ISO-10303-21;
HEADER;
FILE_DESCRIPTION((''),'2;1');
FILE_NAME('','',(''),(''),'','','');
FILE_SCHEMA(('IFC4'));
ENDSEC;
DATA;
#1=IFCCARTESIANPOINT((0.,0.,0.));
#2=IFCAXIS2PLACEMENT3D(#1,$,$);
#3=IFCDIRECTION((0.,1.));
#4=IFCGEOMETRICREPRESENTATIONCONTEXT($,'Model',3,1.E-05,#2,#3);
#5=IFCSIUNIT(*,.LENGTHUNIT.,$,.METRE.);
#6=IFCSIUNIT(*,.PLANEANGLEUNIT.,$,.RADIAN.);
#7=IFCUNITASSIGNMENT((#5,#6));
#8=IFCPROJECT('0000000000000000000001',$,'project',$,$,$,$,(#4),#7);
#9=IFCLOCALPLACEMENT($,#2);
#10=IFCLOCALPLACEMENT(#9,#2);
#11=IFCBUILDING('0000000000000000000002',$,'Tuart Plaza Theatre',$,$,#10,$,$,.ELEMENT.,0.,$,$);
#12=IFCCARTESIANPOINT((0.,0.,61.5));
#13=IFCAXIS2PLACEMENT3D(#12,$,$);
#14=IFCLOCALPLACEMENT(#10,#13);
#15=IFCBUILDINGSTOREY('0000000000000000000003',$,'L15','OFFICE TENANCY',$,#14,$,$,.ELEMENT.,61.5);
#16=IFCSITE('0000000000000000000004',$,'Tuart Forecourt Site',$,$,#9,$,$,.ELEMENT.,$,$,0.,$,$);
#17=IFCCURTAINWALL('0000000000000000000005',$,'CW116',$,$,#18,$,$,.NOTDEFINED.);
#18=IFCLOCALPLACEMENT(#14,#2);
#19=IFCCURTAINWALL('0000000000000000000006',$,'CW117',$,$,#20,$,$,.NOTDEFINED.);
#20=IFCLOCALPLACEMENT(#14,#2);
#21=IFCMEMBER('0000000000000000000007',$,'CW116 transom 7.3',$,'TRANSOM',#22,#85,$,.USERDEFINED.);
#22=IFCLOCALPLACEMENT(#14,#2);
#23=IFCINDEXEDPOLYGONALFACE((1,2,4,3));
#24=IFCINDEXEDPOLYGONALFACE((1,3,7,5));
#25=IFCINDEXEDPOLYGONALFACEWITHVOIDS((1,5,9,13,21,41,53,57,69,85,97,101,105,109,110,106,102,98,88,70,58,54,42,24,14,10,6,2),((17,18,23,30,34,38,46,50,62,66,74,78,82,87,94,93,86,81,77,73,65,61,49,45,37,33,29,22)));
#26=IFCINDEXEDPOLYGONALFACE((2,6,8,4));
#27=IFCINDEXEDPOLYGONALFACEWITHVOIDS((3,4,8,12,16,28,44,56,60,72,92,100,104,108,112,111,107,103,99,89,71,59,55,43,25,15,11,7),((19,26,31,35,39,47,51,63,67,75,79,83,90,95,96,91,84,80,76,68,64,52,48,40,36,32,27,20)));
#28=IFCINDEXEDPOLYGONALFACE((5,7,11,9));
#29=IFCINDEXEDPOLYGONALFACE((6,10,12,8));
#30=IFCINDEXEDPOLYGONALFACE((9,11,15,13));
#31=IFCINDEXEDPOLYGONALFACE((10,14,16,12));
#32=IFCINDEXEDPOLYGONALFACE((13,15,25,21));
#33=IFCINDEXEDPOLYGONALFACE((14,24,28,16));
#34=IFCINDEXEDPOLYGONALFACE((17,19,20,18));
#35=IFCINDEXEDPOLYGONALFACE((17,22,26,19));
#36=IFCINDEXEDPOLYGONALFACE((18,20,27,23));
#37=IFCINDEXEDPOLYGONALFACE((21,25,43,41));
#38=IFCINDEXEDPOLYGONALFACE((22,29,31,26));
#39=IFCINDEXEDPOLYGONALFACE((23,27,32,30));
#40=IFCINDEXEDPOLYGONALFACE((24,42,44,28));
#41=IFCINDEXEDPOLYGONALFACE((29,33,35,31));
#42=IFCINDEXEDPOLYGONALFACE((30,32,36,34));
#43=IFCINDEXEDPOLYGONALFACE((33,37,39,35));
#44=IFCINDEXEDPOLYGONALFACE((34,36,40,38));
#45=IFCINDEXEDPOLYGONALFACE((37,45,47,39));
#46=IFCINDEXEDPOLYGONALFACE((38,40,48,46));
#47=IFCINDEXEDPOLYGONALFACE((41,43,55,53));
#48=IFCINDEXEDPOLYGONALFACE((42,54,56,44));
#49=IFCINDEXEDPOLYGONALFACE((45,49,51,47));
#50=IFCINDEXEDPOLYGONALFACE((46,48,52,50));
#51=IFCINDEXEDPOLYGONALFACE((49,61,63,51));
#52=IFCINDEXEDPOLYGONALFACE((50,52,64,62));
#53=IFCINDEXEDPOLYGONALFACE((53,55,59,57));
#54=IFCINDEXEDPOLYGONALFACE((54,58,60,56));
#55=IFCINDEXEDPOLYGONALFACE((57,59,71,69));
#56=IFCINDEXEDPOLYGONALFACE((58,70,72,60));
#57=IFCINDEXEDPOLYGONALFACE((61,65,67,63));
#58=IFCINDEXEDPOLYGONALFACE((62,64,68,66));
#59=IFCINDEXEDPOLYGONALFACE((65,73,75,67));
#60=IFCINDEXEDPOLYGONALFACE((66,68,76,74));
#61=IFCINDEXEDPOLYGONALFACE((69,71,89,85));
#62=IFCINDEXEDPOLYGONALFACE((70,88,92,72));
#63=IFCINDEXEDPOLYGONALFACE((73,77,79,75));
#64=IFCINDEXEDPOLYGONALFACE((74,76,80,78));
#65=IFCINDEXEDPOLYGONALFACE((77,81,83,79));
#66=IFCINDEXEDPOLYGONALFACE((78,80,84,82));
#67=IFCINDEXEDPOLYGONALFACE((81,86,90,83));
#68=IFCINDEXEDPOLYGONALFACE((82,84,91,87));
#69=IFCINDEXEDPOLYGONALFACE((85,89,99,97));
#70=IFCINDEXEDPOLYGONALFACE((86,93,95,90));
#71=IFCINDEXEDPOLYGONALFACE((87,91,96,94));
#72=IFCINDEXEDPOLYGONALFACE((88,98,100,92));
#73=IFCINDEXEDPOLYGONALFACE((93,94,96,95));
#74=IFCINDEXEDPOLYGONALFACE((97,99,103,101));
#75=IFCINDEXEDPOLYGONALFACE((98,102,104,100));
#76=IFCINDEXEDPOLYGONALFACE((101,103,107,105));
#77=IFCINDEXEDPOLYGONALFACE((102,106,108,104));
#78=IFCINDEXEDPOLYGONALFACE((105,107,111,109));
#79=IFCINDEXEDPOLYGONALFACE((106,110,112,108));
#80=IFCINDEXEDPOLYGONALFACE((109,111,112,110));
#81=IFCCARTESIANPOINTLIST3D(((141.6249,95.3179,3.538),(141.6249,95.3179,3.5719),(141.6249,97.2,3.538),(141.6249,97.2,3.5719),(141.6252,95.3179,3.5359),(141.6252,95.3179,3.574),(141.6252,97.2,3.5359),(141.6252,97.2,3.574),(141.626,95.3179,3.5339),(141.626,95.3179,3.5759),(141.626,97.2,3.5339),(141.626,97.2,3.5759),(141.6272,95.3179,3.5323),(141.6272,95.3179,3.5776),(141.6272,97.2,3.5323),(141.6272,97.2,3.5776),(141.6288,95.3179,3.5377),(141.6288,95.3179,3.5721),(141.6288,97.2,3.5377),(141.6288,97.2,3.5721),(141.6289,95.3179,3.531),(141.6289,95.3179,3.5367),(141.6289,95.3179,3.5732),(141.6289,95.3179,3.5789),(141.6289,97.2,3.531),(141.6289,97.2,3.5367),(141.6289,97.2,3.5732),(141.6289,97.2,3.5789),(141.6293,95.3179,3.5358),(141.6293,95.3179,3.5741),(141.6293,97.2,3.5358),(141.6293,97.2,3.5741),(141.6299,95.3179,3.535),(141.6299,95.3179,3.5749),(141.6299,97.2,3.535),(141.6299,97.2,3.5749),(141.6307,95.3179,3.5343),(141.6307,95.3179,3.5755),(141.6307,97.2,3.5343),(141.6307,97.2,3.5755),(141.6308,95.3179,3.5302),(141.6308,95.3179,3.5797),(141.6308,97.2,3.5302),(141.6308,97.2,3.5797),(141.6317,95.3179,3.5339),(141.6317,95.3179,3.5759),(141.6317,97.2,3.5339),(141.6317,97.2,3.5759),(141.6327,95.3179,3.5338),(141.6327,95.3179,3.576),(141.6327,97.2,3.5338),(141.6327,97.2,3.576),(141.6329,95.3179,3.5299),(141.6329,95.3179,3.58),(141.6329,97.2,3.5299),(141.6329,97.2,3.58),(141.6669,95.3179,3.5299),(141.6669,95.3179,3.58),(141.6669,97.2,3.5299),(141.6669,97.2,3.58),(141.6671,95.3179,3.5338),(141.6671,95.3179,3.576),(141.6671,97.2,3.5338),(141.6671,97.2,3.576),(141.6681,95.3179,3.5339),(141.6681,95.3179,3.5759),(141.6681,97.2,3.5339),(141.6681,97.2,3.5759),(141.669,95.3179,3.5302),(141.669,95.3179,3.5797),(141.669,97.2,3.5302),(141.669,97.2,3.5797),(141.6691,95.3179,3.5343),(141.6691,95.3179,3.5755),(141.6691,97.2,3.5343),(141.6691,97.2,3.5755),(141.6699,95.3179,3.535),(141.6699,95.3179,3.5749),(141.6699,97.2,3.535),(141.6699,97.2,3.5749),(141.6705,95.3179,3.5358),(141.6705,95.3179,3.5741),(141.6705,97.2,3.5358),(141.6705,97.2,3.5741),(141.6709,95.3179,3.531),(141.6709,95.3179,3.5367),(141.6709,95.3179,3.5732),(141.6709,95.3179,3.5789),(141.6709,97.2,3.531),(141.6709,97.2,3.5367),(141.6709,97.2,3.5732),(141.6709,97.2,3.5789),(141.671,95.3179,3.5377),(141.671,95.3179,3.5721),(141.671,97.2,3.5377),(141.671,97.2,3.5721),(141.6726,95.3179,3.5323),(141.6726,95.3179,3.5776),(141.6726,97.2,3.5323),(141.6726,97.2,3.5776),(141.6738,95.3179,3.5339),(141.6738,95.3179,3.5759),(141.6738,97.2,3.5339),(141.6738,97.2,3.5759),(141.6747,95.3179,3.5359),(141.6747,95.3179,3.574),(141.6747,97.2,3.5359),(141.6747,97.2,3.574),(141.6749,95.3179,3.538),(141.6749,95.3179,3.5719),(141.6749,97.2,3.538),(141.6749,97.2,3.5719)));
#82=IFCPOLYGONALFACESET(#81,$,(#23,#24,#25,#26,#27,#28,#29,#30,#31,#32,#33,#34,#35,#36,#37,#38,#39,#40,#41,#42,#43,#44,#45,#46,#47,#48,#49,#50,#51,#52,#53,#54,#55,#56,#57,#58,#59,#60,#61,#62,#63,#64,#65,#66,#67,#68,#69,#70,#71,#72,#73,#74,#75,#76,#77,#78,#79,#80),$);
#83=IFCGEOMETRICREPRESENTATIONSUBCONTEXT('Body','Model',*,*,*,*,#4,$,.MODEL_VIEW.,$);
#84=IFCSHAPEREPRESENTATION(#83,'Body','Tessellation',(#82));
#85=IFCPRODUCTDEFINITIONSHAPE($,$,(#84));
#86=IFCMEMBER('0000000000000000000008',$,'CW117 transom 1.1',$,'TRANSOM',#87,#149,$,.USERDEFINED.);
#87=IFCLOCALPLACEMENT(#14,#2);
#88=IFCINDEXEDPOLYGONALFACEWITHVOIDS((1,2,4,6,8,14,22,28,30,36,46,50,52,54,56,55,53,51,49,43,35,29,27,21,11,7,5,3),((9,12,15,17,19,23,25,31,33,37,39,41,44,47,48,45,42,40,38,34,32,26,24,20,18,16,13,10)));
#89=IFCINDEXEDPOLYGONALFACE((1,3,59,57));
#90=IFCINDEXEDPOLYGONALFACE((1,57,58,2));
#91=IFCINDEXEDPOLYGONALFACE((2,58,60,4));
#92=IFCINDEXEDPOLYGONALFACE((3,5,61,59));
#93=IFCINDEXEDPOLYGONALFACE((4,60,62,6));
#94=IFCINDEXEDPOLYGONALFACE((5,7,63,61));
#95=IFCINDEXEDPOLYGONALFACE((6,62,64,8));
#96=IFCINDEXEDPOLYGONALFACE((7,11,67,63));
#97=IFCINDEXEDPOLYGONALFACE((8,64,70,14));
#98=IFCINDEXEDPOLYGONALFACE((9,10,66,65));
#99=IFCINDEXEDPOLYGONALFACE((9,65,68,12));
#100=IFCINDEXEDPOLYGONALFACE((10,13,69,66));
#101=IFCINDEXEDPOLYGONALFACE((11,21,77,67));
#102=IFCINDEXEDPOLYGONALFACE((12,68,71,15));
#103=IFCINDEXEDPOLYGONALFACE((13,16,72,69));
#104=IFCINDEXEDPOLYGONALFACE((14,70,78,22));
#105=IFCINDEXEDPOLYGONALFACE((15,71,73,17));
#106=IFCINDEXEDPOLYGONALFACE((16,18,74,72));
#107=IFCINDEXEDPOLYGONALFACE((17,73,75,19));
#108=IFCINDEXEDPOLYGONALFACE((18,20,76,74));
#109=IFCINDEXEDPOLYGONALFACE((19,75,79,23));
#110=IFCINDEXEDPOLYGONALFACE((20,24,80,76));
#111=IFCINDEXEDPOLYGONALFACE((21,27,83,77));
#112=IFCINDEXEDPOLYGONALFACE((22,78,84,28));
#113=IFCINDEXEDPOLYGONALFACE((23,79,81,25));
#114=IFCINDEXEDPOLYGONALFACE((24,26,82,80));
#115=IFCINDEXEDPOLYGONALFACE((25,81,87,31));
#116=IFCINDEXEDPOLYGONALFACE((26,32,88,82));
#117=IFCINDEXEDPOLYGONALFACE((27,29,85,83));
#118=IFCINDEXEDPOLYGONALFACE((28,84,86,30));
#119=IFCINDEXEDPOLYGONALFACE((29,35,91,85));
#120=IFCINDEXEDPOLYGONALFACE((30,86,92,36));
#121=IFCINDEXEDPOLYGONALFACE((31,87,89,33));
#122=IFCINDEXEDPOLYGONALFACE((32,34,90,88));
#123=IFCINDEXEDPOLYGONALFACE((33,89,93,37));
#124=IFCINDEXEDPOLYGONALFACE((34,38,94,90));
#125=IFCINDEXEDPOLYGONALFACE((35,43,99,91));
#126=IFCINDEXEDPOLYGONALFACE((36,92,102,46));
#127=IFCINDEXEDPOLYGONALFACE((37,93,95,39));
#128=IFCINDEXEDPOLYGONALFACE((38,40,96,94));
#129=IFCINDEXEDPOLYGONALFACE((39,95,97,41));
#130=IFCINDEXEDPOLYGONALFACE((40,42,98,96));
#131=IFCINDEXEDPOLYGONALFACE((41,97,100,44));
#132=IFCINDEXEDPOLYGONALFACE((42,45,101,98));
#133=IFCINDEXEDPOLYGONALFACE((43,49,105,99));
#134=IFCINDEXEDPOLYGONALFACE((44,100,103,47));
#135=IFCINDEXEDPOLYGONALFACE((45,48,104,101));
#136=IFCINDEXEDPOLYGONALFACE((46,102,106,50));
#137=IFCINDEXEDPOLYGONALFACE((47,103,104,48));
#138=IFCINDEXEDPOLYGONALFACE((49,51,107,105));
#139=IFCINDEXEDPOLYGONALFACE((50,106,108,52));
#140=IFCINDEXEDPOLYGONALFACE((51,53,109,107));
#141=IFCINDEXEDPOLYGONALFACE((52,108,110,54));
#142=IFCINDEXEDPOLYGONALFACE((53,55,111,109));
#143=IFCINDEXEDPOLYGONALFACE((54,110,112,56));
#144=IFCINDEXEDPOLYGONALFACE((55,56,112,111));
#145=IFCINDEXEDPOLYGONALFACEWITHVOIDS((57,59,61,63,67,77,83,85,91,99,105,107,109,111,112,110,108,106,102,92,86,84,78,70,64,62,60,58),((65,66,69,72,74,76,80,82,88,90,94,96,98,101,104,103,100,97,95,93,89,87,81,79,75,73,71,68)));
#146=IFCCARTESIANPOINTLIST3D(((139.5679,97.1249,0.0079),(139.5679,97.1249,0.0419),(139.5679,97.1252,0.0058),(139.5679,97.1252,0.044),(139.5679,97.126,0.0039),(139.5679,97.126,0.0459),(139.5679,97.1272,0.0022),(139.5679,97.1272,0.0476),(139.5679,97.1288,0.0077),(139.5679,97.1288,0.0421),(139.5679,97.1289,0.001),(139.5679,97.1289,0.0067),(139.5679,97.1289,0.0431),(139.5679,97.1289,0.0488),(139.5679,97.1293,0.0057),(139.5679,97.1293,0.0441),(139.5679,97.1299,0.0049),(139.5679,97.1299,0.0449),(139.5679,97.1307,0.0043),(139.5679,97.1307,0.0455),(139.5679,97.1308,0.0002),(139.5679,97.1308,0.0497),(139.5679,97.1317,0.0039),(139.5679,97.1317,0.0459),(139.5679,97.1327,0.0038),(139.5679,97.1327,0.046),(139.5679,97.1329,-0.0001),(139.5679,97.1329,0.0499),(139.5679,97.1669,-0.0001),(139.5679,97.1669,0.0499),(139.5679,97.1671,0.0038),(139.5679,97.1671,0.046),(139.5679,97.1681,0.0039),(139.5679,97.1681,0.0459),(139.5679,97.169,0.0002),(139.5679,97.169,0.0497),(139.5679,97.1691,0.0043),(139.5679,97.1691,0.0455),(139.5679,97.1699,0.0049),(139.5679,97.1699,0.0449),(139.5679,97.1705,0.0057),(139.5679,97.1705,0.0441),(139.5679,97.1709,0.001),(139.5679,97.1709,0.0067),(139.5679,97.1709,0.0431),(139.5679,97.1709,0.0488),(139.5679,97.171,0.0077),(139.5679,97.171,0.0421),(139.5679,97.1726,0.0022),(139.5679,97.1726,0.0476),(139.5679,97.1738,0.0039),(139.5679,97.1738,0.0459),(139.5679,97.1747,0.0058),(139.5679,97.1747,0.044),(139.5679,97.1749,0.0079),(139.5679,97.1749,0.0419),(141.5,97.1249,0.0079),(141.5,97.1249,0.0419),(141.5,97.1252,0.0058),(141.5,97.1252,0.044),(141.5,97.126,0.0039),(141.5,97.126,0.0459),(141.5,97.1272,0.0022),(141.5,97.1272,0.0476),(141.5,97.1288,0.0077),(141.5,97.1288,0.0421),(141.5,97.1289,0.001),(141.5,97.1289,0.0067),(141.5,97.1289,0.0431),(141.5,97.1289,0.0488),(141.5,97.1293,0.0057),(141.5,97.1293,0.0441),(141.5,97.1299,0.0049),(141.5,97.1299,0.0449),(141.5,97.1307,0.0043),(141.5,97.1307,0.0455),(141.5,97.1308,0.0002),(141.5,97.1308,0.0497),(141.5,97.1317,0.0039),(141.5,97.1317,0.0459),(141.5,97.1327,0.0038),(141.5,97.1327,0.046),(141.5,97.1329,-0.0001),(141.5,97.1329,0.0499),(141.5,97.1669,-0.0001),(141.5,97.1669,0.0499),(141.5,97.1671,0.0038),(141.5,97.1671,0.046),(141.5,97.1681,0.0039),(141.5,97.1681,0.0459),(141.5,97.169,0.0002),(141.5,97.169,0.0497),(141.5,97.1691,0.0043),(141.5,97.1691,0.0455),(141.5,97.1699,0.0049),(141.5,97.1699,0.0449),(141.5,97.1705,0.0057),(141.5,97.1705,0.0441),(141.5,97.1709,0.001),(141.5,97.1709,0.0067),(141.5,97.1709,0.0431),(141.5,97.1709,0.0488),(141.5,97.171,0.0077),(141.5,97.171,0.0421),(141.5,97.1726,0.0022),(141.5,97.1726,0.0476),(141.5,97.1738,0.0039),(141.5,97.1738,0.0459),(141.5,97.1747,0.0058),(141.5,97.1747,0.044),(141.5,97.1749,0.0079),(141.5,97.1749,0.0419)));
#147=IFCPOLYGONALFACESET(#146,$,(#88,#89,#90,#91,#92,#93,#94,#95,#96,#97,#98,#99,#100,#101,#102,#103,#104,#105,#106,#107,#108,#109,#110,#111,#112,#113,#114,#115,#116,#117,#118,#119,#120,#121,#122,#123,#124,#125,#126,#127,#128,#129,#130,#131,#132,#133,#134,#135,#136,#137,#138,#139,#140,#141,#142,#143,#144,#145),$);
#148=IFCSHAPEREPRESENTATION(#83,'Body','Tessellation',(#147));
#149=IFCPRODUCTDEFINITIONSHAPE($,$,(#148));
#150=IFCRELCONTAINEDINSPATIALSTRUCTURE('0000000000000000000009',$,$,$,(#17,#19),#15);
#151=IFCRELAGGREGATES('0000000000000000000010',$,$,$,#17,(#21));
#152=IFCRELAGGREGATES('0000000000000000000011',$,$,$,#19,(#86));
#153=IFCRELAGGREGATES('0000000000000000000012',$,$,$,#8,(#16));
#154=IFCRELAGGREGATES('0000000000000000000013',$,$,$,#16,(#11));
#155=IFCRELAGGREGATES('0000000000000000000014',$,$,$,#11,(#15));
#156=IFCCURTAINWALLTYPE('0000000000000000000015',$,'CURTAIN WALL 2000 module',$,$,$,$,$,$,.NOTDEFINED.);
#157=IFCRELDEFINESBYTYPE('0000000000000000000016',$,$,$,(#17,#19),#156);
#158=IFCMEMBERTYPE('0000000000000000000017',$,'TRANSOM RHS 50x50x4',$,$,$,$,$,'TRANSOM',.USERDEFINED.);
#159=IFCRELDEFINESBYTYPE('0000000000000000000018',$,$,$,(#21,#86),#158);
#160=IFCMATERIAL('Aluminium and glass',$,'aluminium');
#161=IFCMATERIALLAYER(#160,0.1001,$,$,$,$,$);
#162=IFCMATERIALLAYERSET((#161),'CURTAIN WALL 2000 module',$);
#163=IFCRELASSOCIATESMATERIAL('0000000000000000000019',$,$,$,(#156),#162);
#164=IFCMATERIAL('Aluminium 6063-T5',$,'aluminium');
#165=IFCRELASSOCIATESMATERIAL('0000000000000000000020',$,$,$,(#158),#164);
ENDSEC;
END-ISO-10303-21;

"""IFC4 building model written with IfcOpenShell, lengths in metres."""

from ifc_helpers import new_model, si_unit, direction, frame, origin, origin_2d, place, context, subcontext, project, spatial, hollow_rectangle, extrude, material, layer, layer_set, material_profile, profile_set, type_object, element, aggregate, save


model = new_model("IFC4")

# Units and contexts
model_context = context("Model", 3, precision=1e-05, world=origin(), true_north=direction((0.0, 1.0)))
body_context = subcontext(model_context, "Body", "Model", "MODEL_VIEW")
ifc_project = project(units=[si_unit("LENGTHUNIT", "METRE"), si_unit("PLANEANGLEUNIT", "RADIAN")], contexts=[model_context])

# Site, building, storey
site_placement = place(None, origin())
site = spatial("IfcSite", under=ifc_project, at=site_placement, Name="Tuart Forecourt Site", CompositionType="ELEMENT", RefElevation=0.0)
building_placement = place(site_placement, origin())
building = spatial("IfcBuilding", under=site, at=building_placement, Name="Tuart Plaza Theatre", CompositionType="ELEMENT", ElevationOfRefHeight=0.0)
storey_placement = place(building_placement, frame((0.0, 0.0, 61.5)))
storey = spatial("IfcBuildingStorey", under=building, at=storey_placement, Name="L15", Description="OFFICE TENANCY", CompositionType="ELEMENT", Elevation=61.5)

# Curtain walls
ifc_material_1 = material(Name="Aluminium and glass", Category="aluminium")
ifc_layer_1 = layer(ifc_material_1, 0.1001)
ifc_layer_set_1 = layer_set([ifc_layer_1], Name="CURTAIN WALL 2000 module")
curtain_wall_type = type_object("IfcCurtainWallType", Name="CURTAIN WALL 2000 module", PredefinedType="NOTDEFINED", material=ifc_layer_set_1)
curtain_wall_1_placement = place(storey_placement, origin())
curtain_wall_1 = element("IfcCurtainWall", 1, at=curtain_wall_1_placement, inside=storey, type_object=curtain_wall_type, Name="CW116", PredefinedType="NOTDEFINED")
curtain_wall_2_placement = place(storey_placement, origin())
curtain_wall_2 = element("IfcCurtainWall", 2, at=curtain_wall_2_placement, inside=storey, type_object=curtain_wall_type, Name="CW117", PredefinedType="NOTDEFINED")

# Members
ifc_material_2 = material(Name="Aluminium 6063-T5", Category="aluminium")
ifc_material_profile_1 = material_profile(ifc_material_2, hollow_rectangle(XDim=0.05, YDim=0.05, WallThickness=0.0039, InnerFilletRadius=0.0039, OuterFilletRadius=0.0081, at=origin_2d()), Name="RHS 50x50x4")
ifc_profile_set_1 = profile_set([ifc_material_profile_1], Name="Aluminium 6063-T5")
member_type_1 = type_object("IfcMemberType", Name="TRANSOM RHS 50x50x4", ElementType="TRANSOM", PredefinedType="USERDEFINED", material=ifc_profile_set_1)
member_1_placement = place(storey_placement, frame((141.6499, 95.3179, 3.5549), z_axis=(0.0, 1.0, 0.0), x_axis=(-1.0, 0.0, 0.0)))
member_1 = element("IfcMember", 3, at=member_1_placement, type_object=member_type_1, Name="CW116 transom 7.3", ObjectType="TRANSOM", PredefinedType="USERDEFINED", context=body_context, shape_type="SweptSolid", body=[
    extrude(hollow_rectangle(XDim=0.05, YDim=0.05, WallThickness=0.0039, InnerFilletRadius=0.0039, OuterFilletRadius=0.0081, at=origin_2d()), origin(), (0.0, 0.0, 1.0), 1.8821),
])
member_2_placement = place(storey_placement, frame((141.5, 97.1499, 0.0249), z_axis=(-1.0, 0.0, 0.0), x_axis=(0.0, -1.0, 0.0)))
member_2 = element("IfcMember", 4, at=member_2_placement, type_object=member_type_1, Name="CW117 transom 1.1", ObjectType="TRANSOM", PredefinedType="USERDEFINED", context=body_context, shape_type="SweptSolid", body=[
    extrude(hollow_rectangle(XDim=0.05, YDim=0.05, WallThickness=0.0039, InnerFilletRadius=0.0039, OuterFilletRadius=0.0081, at=origin_2d()), origin(), (0.0, 0.0, 1.0), 1.9321),
])

aggregate(curtain_wall_1, [member_1])
aggregate(curtain_wall_2, [member_2])

save(model, "model.ifc")
